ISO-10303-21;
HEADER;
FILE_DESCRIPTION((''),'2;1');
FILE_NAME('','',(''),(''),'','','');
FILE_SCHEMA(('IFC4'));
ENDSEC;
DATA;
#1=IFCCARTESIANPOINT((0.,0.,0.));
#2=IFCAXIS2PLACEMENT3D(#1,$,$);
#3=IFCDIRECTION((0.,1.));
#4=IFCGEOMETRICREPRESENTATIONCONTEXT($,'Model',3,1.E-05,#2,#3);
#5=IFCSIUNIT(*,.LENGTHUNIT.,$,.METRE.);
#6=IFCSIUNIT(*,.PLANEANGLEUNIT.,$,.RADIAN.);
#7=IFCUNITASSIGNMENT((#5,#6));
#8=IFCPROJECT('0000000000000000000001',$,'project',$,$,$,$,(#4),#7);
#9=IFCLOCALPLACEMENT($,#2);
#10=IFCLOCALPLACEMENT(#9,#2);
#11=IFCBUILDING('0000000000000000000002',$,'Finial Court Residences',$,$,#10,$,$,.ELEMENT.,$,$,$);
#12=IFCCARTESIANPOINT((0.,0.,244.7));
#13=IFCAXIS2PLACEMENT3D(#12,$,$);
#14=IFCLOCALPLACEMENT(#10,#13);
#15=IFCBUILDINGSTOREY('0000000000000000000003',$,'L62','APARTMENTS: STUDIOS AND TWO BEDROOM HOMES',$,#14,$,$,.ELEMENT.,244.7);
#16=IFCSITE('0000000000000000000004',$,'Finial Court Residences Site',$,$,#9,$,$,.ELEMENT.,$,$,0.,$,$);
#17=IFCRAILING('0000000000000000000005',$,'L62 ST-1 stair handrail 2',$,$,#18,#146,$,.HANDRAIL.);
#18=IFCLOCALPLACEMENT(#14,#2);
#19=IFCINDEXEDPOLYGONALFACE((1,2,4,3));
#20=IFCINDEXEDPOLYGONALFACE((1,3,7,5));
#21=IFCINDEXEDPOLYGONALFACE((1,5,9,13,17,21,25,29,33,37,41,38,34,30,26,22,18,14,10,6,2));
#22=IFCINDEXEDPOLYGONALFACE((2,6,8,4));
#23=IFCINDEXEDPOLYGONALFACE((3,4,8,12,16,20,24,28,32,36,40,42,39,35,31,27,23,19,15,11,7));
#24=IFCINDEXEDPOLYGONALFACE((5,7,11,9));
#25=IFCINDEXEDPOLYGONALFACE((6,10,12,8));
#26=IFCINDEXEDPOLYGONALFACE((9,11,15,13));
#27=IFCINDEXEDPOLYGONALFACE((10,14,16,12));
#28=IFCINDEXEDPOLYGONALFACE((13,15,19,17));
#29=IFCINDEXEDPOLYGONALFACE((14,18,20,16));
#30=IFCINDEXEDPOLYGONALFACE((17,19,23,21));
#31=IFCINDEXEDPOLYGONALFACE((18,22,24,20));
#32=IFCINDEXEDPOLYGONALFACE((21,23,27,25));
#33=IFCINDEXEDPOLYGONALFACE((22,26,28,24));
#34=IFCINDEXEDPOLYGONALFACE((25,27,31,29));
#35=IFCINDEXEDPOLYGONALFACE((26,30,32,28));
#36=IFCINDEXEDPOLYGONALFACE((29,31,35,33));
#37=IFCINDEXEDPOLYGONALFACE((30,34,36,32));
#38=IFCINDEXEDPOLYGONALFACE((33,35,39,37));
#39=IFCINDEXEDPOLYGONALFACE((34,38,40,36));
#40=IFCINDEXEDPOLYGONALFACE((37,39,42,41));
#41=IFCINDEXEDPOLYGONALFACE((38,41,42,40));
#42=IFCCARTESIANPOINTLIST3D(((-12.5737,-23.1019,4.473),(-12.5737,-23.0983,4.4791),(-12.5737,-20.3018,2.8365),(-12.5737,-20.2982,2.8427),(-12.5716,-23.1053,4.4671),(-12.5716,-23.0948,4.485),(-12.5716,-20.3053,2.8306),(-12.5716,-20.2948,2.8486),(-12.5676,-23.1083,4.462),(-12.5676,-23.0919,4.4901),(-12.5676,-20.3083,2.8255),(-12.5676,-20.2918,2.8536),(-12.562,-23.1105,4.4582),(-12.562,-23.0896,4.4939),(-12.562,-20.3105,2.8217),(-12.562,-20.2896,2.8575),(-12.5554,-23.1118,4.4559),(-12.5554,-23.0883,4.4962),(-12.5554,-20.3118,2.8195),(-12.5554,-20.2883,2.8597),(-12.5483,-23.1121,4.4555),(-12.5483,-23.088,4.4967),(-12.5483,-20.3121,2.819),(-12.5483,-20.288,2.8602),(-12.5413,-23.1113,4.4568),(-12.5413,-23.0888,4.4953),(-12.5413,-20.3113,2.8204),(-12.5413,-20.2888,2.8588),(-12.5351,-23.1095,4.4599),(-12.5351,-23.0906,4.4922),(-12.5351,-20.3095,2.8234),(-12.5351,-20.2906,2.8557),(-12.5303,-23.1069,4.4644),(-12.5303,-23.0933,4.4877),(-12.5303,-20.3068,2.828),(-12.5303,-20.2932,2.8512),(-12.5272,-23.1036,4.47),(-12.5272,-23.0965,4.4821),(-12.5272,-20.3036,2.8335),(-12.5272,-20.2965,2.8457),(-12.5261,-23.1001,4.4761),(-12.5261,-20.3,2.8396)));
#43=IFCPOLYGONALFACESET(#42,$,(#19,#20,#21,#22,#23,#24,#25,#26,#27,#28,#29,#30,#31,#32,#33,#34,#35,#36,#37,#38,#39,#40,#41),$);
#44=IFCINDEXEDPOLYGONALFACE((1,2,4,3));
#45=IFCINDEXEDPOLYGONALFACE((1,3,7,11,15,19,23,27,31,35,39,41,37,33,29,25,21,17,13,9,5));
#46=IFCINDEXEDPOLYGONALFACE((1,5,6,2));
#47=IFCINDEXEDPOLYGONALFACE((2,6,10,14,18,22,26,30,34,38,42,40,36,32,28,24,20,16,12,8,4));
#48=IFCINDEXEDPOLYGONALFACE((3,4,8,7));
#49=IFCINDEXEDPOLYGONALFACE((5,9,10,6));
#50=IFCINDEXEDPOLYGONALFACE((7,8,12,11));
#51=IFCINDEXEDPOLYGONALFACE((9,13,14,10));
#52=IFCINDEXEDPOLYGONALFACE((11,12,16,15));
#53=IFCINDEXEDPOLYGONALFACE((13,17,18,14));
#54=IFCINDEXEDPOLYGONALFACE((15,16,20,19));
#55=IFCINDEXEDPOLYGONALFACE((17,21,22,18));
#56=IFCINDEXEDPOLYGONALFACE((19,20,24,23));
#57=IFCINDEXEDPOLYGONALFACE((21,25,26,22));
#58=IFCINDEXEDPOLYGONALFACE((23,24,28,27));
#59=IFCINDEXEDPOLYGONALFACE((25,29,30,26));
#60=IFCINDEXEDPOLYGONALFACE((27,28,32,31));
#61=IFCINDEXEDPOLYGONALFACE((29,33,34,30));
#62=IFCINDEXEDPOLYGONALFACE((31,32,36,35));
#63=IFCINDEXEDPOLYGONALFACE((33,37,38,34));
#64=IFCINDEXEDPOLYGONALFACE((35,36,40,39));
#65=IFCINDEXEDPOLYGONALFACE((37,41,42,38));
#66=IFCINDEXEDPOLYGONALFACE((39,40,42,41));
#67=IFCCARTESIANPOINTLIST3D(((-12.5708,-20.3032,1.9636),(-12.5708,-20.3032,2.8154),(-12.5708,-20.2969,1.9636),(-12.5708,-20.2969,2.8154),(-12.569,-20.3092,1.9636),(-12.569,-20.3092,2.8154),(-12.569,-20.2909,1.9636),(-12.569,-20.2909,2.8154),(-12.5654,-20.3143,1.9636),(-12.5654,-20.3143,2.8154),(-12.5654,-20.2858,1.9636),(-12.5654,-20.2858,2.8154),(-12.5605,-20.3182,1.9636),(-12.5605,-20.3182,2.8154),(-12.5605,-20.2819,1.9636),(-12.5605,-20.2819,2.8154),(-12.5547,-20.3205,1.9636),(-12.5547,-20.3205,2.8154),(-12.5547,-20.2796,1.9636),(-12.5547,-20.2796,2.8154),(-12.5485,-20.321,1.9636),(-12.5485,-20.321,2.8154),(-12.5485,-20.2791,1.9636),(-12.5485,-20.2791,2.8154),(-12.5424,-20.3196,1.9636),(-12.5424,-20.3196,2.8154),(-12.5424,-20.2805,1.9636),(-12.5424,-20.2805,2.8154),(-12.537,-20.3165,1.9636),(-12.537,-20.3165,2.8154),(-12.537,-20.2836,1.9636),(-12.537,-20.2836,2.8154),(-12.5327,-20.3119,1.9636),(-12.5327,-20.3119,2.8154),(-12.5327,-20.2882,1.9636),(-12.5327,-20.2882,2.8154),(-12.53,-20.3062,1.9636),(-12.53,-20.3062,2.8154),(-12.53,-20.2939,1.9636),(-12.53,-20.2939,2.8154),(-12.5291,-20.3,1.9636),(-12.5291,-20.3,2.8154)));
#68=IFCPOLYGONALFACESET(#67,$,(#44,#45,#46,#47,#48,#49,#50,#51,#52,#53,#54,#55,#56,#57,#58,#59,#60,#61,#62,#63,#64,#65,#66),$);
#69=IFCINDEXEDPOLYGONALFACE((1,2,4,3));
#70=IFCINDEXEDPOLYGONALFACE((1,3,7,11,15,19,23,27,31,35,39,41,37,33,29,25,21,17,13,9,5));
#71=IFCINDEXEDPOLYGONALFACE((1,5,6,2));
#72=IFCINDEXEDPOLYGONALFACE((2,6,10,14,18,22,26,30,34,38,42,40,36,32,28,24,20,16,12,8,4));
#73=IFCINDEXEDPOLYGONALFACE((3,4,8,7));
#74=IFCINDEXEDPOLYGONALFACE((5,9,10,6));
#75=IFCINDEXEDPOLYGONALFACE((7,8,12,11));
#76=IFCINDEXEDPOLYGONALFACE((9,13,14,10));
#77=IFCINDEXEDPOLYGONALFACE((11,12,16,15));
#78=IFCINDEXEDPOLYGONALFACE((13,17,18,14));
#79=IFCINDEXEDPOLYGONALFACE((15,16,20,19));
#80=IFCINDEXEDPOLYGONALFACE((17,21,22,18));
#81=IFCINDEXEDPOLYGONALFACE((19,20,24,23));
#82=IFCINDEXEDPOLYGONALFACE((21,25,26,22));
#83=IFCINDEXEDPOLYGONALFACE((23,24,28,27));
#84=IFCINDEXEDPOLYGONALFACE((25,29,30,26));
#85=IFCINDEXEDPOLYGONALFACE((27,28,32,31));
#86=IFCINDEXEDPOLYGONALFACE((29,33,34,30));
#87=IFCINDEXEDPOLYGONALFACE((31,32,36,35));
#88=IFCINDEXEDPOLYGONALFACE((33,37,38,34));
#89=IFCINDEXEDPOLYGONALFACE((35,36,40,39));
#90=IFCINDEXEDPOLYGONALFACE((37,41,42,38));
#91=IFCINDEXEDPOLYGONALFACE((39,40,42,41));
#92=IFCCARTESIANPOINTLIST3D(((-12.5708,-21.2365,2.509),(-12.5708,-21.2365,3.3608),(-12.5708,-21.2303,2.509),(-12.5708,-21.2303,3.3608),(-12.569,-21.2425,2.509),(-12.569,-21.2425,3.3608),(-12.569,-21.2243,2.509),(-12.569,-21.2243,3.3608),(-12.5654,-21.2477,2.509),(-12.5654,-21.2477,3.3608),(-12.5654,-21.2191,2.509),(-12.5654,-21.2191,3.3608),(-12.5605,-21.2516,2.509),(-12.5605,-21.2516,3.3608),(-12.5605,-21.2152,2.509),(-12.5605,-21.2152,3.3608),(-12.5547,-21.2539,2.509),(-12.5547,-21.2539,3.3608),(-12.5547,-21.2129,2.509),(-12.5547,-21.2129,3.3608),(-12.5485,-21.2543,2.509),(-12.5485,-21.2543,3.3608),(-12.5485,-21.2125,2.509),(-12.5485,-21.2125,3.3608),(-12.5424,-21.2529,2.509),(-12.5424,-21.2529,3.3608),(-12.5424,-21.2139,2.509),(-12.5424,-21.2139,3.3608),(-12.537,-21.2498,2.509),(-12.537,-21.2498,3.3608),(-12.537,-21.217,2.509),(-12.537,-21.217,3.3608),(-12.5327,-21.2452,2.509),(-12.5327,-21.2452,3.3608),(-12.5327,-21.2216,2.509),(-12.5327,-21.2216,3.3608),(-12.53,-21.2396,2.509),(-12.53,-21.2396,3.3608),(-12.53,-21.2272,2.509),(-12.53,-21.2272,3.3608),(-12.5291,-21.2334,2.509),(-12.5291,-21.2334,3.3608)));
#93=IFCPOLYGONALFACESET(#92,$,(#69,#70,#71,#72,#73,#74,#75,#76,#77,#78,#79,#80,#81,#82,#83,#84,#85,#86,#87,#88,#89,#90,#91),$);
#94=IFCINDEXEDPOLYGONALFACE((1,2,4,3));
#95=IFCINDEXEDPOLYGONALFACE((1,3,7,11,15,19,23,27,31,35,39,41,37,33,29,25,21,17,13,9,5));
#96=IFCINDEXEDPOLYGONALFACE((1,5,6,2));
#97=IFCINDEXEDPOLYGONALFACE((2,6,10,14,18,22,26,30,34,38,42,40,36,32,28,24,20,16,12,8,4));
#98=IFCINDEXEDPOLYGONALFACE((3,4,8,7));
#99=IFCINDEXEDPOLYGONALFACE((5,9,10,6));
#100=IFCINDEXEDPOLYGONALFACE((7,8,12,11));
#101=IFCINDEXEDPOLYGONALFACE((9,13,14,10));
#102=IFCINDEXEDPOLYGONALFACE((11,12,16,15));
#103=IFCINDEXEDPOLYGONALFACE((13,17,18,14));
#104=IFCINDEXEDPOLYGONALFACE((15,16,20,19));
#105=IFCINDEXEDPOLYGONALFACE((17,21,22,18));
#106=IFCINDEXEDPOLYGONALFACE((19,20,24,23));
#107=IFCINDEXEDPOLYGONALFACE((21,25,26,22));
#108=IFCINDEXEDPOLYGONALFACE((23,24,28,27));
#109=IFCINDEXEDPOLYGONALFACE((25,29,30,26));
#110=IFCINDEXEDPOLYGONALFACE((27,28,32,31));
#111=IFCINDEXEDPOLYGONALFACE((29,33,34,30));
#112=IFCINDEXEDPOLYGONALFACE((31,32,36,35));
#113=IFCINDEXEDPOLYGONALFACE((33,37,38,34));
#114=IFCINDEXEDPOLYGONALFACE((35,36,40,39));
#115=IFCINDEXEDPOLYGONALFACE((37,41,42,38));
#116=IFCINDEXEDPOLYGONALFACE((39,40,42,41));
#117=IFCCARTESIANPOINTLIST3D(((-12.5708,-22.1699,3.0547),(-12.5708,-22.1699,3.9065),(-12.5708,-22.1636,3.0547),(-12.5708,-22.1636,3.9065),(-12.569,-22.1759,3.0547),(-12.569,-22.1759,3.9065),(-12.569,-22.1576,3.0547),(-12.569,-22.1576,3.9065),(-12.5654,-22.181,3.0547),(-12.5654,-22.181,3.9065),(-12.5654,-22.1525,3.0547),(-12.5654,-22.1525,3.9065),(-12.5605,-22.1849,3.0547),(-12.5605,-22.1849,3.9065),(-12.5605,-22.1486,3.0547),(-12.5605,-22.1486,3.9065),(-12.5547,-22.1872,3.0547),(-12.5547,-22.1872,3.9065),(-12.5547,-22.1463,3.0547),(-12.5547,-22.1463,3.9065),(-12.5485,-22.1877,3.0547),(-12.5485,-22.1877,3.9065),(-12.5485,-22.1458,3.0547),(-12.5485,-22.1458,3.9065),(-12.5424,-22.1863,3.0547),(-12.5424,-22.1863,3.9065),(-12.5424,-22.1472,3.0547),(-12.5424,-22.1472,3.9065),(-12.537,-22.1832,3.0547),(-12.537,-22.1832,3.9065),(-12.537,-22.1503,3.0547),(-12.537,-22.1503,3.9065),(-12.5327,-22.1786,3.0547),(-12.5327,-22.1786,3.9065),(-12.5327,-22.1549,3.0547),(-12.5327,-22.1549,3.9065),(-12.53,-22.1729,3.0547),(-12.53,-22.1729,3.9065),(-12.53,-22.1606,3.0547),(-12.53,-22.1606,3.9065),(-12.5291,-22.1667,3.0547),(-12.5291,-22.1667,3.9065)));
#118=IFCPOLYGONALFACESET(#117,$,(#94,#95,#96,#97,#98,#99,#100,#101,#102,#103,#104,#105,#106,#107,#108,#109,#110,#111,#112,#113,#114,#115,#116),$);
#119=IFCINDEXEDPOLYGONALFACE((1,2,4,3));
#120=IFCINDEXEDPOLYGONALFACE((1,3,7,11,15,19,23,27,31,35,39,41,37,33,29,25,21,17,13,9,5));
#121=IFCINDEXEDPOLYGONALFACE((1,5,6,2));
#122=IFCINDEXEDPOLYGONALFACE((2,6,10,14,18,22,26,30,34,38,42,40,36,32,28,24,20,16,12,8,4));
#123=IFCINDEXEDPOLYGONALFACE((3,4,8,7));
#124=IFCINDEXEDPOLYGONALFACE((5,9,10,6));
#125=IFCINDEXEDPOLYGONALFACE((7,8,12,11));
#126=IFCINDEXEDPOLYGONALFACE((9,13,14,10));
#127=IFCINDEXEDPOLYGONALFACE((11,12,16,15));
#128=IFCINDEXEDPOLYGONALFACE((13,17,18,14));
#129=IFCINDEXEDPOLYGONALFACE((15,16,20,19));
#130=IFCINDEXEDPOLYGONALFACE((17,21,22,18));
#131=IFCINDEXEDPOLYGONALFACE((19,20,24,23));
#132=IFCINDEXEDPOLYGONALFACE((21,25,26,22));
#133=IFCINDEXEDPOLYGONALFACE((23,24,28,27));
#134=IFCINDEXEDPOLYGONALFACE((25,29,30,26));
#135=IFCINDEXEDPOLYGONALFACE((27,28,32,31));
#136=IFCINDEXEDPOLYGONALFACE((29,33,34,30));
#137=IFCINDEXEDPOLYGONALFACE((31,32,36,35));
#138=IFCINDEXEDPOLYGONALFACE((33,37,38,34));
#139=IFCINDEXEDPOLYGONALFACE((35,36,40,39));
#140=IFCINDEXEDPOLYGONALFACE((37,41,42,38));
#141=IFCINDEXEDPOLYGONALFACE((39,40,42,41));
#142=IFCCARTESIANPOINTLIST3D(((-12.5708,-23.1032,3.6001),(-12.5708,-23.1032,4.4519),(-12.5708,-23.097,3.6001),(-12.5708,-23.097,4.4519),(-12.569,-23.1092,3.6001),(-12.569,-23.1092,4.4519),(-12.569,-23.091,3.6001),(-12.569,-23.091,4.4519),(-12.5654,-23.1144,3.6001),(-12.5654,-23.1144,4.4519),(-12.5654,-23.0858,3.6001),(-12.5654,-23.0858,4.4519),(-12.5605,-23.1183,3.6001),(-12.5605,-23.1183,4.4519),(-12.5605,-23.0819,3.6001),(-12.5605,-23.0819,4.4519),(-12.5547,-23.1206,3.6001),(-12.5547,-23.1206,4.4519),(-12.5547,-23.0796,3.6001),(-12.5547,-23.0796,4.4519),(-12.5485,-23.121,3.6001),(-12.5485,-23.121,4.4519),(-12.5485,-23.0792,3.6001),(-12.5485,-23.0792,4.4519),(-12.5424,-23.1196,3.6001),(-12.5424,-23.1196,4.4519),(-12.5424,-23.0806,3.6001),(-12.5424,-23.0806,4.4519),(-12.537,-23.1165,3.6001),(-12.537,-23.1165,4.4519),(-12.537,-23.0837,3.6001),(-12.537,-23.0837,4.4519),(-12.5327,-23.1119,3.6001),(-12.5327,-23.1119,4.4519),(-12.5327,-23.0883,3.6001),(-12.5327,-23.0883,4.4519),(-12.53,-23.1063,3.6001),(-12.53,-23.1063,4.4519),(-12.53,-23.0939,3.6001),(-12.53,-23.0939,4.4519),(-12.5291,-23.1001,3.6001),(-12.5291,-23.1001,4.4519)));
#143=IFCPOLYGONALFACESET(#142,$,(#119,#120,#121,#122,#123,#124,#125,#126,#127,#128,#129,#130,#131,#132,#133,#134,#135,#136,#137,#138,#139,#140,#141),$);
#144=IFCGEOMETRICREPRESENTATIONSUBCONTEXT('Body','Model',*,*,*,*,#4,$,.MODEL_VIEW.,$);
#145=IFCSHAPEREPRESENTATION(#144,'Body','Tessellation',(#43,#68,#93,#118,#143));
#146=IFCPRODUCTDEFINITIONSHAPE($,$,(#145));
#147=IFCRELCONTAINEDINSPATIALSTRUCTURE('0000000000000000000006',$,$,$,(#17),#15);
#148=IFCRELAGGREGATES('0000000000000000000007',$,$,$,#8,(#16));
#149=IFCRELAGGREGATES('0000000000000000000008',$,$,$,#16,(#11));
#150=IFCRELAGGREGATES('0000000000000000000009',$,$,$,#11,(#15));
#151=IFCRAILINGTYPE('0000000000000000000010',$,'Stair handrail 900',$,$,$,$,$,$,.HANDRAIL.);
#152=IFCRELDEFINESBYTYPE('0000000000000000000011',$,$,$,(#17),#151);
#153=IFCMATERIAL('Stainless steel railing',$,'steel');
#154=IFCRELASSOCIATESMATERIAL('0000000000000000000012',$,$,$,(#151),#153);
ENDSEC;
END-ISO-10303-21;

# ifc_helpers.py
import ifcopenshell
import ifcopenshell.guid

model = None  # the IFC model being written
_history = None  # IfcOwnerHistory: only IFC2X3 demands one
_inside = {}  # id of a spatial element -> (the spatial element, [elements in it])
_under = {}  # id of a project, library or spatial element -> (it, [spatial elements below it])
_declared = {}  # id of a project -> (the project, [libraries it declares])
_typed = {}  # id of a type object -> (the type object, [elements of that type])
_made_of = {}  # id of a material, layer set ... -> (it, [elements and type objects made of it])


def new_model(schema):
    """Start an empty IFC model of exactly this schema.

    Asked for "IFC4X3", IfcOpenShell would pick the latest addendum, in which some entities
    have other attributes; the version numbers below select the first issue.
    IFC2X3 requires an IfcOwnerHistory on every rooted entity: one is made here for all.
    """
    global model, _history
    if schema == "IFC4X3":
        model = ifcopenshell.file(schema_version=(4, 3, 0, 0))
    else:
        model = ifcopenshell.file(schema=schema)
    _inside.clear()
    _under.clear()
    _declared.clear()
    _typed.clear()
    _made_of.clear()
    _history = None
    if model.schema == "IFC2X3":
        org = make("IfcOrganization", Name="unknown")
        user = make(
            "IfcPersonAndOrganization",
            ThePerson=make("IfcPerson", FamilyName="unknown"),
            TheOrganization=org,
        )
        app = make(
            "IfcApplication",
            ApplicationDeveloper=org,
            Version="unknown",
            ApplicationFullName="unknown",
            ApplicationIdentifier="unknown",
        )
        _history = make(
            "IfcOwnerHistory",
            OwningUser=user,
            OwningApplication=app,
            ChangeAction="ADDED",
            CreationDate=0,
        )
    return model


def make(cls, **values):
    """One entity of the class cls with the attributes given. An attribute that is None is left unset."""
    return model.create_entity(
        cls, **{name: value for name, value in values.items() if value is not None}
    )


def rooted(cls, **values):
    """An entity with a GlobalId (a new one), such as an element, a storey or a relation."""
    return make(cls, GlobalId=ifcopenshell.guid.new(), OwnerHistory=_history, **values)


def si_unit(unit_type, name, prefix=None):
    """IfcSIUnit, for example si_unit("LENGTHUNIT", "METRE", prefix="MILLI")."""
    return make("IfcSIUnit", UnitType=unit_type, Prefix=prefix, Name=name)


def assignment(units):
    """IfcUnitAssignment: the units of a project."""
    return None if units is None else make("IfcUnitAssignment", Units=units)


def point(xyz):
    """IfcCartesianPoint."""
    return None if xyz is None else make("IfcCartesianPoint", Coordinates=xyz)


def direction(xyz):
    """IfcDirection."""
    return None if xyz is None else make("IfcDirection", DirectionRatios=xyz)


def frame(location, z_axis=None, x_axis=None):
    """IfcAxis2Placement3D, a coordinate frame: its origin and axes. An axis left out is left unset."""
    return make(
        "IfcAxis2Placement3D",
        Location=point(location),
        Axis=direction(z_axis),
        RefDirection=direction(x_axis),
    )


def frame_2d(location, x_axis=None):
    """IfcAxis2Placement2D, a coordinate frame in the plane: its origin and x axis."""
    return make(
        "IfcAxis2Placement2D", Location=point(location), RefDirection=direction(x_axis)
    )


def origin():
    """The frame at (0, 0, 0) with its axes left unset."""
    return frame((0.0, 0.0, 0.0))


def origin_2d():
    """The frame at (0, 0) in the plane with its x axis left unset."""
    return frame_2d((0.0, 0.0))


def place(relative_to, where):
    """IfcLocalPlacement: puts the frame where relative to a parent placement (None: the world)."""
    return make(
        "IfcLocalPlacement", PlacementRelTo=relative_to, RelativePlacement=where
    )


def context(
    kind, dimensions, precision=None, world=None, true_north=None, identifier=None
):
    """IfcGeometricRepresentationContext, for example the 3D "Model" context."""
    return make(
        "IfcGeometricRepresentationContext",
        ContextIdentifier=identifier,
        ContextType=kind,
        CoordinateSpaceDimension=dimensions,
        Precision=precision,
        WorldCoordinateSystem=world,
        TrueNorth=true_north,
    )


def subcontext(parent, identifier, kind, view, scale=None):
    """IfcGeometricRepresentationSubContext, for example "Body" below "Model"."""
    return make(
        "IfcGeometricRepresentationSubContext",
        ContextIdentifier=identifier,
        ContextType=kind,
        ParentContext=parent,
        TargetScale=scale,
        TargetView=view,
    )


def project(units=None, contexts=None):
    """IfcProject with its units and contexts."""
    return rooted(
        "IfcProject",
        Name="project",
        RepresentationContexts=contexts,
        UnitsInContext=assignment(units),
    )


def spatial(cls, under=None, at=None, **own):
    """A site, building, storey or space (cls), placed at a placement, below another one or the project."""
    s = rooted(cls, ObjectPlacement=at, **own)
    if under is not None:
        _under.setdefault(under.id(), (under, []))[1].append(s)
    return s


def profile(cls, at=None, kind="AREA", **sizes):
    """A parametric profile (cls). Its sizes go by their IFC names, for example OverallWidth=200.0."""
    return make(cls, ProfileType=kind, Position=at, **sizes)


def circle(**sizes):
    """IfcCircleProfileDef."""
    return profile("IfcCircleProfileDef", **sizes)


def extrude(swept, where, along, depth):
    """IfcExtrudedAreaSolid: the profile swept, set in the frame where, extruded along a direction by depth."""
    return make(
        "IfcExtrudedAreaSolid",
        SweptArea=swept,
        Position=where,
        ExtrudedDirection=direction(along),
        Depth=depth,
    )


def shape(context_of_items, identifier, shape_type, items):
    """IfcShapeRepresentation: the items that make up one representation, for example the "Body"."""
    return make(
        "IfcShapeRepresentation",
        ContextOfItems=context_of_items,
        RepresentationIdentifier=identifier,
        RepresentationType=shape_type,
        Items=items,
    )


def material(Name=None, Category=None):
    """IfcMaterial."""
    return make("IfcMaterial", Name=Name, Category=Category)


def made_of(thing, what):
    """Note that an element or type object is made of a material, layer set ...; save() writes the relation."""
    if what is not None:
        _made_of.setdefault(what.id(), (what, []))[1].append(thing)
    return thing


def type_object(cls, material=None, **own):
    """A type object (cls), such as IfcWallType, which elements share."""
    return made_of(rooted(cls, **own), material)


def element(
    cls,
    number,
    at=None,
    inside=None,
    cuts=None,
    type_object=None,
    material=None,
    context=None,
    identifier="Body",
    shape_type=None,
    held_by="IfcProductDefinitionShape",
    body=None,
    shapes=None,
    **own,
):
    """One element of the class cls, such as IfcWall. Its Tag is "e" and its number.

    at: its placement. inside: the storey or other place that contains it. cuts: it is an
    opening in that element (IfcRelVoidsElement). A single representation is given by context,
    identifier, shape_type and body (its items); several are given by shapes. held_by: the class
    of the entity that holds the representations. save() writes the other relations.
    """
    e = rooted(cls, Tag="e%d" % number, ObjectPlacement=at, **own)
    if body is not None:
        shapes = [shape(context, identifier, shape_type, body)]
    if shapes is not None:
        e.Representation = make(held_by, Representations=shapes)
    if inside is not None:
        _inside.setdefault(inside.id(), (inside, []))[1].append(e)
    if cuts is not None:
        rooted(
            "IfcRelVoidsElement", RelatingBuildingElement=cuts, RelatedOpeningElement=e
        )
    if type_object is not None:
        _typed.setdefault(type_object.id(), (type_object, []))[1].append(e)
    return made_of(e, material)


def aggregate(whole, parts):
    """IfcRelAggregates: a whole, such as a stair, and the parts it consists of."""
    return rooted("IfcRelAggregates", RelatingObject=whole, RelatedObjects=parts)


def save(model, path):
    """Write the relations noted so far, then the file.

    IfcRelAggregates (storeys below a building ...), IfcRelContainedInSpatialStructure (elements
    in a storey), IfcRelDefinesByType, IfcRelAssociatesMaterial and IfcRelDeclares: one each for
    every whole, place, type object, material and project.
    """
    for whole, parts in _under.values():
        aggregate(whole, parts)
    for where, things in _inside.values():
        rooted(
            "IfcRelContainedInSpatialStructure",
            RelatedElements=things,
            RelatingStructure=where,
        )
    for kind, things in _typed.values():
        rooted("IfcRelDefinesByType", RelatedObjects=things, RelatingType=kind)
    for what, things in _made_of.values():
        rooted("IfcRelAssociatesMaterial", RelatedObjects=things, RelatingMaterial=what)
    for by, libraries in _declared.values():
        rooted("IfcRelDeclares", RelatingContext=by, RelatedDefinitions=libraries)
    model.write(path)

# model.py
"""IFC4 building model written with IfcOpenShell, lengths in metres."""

from ifc_helpers import new_model, si_unit, direction, frame, origin, origin_2d, place, context, subcontext, project, spatial, circle, extrude, material, type_object, element, save


model = new_model("IFC4")

# Units and contexts
model_context = context("Model", 3, precision=1e-05, world=origin(), true_north=direction((0.0, 1.0)))
body_context = subcontext(model_context, "Body", "Model", "MODEL_VIEW")
ifc_project = project(units=[si_unit("LENGTHUNIT", "METRE"), si_unit("PLANEANGLEUNIT", "RADIAN")], contexts=[model_context])

# Site, building, storey
site_placement = place(None, origin())
site = spatial("IfcSite", under=ifc_project, at=site_placement, Name="Finial Court Residences Site", CompositionType="ELEMENT", RefElevation=0.0)
building_placement = place(site_placement, origin())
building = spatial("IfcBuilding", under=site, at=building_placement, Name="Finial Court Residences", CompositionType="ELEMENT")
storey_placement = place(building_placement, frame((0.0, 0.0, 244.7)))
storey = spatial("IfcBuildingStorey", under=building, at=storey_placement, Name="L62", Description="APARTMENTS: STUDIOS AND TWO BEDROOM HOMES", CompositionType="ELEMENT", Elevation=244.7)

# Railing
ifc_material_1 = material(Name="Stainless steel railing", Category="steel")
railing_type_1 = type_object("IfcRailingType", Name="Stair handrail 900", PredefinedType="HANDRAIL", material=ifc_material_1)
railing_1_placement = place(storey_placement, frame((-12.55, -20.3, 1.9636)))
element("IfcRailing", 1, at=railing_1_placement, inside=storey, type_object=railing_type_1, Name="L62 ST-1 stair handrail 2", PredefinedType="HANDRAIL", context=body_context, shape_type="SweptSolid", body=[
    extrude(circle(Radius=0.0239, at=origin_2d()), frame((0.0, 0.0, 0.876), z_axis=(0.0, -0.863361, 0.504587), x_axis=(1.0, 0.0, 0.0)), (0.0, 0.0, 1.0), 3.2432),
    extrude(circle(Radius=0.021, at=origin_2d()), origin(), (0.0, 0.0, 1.0), 0.8518),
    extrude(circle(Radius=0.021, at=origin_2d()), frame((0.0, -0.9333, 0.5454)), (0.0, 0.0, 1.0), 0.8518),
    extrude(circle(Radius=0.021, at=origin_2d()), frame((0.0, -1.8667, 1.0911)), (0.0, 0.0, 1.0), 0.8518),
    extrude(circle(Radius=0.021, at=origin_2d()), frame((0.0, -2.8, 1.6365)), (0.0, 0.0, 1.0), 0.8518),
])

save(model, "model.ifc")
